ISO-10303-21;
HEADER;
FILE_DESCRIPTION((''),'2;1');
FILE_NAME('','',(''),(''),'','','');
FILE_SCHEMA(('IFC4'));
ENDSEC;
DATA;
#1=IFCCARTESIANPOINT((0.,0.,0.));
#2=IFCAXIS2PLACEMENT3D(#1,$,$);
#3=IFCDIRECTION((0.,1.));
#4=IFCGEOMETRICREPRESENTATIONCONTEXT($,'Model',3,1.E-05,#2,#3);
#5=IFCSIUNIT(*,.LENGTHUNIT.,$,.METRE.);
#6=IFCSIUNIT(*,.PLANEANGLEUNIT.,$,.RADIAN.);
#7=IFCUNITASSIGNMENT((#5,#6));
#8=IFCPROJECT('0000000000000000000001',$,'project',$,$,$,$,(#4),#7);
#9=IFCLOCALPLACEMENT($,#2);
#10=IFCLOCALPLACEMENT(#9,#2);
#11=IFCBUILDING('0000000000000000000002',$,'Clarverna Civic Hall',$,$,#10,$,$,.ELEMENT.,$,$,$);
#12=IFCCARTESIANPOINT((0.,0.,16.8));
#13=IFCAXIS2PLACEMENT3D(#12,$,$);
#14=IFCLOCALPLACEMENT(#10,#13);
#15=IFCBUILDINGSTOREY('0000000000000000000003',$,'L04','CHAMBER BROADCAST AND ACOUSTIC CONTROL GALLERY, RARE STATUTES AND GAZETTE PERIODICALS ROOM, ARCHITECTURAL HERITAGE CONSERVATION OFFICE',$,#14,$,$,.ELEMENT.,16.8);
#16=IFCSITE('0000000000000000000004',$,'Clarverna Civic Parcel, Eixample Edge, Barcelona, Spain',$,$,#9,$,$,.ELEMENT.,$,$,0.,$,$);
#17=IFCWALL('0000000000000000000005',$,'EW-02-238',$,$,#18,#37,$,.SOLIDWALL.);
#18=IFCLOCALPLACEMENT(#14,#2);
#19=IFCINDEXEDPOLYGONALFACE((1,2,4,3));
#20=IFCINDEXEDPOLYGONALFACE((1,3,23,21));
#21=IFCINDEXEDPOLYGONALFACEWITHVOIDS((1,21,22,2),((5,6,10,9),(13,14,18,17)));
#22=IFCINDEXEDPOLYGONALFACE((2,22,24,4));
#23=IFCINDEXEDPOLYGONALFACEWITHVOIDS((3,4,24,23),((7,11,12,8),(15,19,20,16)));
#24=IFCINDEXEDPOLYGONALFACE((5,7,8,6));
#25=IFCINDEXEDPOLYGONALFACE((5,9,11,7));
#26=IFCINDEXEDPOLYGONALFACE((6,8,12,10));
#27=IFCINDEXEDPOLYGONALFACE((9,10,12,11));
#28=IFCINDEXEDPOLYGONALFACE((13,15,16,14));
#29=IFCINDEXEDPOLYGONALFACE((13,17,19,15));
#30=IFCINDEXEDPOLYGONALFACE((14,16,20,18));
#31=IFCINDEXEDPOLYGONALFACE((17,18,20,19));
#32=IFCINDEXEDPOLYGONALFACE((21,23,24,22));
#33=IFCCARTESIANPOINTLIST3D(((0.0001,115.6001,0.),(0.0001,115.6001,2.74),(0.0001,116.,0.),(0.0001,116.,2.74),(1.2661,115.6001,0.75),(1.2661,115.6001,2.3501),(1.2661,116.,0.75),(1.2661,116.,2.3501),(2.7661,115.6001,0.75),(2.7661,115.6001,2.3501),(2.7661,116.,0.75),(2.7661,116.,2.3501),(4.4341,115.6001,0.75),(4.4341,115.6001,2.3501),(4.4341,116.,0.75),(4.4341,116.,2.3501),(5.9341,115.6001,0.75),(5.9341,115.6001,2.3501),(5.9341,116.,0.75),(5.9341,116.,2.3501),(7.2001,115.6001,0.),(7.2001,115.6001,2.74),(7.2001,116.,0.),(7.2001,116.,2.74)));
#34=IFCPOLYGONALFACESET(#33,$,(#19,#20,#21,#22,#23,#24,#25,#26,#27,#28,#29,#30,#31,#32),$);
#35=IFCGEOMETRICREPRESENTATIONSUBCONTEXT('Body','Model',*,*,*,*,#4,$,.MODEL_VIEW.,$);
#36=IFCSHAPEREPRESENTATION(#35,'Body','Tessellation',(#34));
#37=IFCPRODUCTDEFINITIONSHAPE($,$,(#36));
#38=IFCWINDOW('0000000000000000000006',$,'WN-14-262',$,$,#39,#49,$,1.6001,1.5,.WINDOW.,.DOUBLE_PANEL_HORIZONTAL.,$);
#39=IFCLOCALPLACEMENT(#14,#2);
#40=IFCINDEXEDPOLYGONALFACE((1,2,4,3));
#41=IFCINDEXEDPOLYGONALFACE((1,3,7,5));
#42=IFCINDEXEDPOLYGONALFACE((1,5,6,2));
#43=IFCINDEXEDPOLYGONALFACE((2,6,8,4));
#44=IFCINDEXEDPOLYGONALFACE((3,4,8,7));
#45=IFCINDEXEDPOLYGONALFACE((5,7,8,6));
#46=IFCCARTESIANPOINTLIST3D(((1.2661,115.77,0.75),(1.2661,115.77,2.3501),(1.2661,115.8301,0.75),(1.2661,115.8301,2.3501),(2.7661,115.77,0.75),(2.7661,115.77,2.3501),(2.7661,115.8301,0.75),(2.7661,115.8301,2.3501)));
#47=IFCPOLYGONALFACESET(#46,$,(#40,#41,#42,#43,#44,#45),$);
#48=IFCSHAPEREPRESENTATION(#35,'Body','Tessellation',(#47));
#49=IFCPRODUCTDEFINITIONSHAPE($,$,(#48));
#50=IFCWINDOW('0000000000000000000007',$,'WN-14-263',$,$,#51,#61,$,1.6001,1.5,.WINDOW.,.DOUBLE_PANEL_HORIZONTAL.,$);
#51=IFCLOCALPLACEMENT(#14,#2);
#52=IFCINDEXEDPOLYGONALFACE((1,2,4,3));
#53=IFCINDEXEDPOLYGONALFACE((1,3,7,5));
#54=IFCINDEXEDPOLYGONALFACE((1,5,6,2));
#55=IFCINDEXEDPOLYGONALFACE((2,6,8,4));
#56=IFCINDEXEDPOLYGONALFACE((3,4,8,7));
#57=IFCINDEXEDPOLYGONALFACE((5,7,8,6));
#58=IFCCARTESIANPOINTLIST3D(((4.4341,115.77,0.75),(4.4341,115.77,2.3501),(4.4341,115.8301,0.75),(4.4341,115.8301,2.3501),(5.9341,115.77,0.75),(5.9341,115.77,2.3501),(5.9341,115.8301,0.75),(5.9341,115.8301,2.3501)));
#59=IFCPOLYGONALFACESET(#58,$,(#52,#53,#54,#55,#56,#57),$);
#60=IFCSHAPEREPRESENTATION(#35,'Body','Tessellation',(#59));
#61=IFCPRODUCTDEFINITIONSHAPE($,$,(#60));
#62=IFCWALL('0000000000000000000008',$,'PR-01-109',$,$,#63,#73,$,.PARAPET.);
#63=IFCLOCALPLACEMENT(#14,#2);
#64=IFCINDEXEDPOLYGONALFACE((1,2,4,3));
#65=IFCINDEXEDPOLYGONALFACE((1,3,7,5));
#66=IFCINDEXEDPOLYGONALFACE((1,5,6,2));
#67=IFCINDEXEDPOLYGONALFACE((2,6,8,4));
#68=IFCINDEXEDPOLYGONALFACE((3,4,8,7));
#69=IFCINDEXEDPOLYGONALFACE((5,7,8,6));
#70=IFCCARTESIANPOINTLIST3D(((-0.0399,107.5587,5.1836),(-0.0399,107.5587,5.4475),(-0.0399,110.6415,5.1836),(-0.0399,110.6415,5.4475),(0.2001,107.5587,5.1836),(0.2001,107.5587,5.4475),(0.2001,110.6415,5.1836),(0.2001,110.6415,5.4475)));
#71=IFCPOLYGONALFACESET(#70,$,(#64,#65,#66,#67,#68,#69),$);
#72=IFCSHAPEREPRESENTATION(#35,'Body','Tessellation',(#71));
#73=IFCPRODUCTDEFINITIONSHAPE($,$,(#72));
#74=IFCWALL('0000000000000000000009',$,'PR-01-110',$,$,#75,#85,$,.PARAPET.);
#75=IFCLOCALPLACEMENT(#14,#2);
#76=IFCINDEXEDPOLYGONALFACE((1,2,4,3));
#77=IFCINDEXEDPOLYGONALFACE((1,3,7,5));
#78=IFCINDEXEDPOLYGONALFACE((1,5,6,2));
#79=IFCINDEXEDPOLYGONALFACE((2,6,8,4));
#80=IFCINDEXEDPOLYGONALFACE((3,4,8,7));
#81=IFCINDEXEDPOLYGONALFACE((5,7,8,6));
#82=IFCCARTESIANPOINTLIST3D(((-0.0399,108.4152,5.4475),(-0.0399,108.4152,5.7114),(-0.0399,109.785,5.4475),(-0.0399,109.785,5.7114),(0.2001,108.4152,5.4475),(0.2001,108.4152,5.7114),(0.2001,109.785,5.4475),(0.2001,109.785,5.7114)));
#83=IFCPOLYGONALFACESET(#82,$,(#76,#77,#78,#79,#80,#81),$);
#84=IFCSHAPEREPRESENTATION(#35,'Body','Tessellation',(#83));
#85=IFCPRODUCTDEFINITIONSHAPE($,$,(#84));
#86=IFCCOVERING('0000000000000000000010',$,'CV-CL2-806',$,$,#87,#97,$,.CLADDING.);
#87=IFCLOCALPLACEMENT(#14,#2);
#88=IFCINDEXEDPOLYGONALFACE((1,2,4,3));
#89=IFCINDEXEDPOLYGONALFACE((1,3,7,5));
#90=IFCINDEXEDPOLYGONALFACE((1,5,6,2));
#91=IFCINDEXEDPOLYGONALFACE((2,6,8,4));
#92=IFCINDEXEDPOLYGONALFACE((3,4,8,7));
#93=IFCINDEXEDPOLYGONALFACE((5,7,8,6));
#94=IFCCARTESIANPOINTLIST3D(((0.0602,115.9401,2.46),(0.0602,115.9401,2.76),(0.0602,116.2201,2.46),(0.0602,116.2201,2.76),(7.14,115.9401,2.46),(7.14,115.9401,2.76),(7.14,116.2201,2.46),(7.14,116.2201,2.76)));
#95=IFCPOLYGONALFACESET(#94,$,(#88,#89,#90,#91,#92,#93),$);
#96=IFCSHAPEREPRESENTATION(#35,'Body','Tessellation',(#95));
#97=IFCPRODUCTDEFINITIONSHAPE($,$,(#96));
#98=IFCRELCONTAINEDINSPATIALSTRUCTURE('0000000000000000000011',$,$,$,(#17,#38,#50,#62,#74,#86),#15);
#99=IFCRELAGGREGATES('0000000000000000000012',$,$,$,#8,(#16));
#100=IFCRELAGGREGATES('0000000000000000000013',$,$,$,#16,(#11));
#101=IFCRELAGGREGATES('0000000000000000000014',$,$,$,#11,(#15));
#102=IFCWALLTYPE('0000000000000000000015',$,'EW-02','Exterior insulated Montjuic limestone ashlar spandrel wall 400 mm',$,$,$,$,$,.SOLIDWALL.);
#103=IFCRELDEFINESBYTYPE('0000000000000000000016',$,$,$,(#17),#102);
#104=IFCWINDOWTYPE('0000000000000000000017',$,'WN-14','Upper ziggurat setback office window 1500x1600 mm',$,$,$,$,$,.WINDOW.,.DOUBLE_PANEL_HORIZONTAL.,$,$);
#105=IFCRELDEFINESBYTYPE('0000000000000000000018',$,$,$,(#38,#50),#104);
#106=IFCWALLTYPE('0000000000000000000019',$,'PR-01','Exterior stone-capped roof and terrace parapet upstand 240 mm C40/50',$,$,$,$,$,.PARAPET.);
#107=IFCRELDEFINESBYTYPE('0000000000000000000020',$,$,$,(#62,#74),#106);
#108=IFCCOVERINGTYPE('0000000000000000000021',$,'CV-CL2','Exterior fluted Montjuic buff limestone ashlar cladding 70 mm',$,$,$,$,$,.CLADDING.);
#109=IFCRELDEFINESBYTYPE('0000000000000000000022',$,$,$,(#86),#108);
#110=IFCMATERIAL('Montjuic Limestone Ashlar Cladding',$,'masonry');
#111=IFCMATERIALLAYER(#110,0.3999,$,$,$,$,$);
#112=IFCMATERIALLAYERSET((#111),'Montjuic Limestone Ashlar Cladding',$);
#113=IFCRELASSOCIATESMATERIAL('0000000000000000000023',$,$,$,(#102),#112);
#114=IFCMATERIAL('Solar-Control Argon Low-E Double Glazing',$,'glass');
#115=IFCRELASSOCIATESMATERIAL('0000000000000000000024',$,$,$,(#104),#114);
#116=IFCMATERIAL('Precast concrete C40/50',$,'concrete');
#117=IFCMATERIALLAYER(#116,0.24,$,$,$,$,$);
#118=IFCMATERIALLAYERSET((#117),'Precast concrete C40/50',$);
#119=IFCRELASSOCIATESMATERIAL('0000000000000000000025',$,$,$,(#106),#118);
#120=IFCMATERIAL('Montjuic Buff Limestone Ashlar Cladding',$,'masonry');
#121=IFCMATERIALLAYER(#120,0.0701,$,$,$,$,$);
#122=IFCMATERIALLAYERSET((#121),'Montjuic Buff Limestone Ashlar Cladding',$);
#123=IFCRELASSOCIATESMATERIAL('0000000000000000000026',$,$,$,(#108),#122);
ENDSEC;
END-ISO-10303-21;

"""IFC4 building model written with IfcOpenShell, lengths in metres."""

from ifc_helpers import new_model, si_unit, direction, frame, frame_2d, origin, place, context, subcontext, project, spatial, rectangle, extrude, material, layer, layer_set, type_object, element, fill, save


model = new_model("IFC4")

# Units and contexts
model_context = context("Model", 3, precision=1e-05, world=origin(), true_north=direction((0.0, 1.0)))
body_context = subcontext(model_context, "Body", "Model", "MODEL_VIEW")
ifc_project = project(units=[si_unit("LENGTHUNIT", "METRE"), si_unit("PLANEANGLEUNIT", "RADIAN")], contexts=[model_context])

# Site, building, storey
site_placement = place(None, origin())
site = spatial("IfcSite", under=ifc_project, at=site_placement, Name="Clarverna Civic Parcel, Eixample Edge, Barcelona, Spain", CompositionType="ELEMENT", RefElevation=0.0)
building_placement = place(site_placement, origin())
building = spatial("IfcBuilding", under=site, at=building_placement, Name="Clarverna Civic Hall", CompositionType="ELEMENT")
storey_placement = place(building_placement, frame((0.0, 0.0, 16.8)))
storey = spatial("IfcBuildingStorey", under=building, at=storey_placement, Name="L04", Description="CHAMBER BROADCAST AND ACOUSTIC CONTROL GALLERY, RARE STATUTES AND GAZETTE PERIODICALS ROOM, ARCHITECTURAL HERITAGE CONSERVATION OFFICE", CompositionType="ELEMENT", Elevation=16.8)

# Shared definitions
ifc_material_1 = material(Name="Solar-Control Argon Low-E Double Glazing", Category="glass")

# Wall, openings, windows
ifc_material_2 = material(Name="Montjuic Limestone Ashlar Cladding", Category="masonry")
ifc_layer_1 = layer(ifc_material_2, 0.3999)
ifc_layer_set_1 = layer_set([ifc_layer_1], Name="Montjuic Limestone Ashlar Cladding")
wall_type_1 = type_object("IfcWallType", Name="EW-02", Description="Exterior insulated Montjuic limestone ashlar spandrel wall 400 mm", PredefinedType="SOLIDWALL", material=ifc_layer_set_1)
wall_1_placement = place(storey_placement, frame((0.0, 115.8, 0.0), z_axis=(0.0, 0.0, 1.0), x_axis=(1.0, 0.0, 0.0)))
wall_1 = element("IfcWall", 1, at=wall_1_placement, inside=storey, type_object=wall_type_1, Name="EW-02-238", PredefinedType="SOLIDWALL", context=body_context, shape_type="SweptSolid", body=[
    extrude(rectangle(XDim=7.2, YDim=0.3999, at=frame_2d((3.6001, 0.0))), origin(), (0.0, 0.0, 1.0), 2.74),
])
opening_1_placement = place(wall_1_placement, frame((1.2661, 0.0, 0.75)))
opening_1 = element("IfcOpeningElement", 2, at=opening_1_placement, cuts=wall_1, PredefinedType="OPENING", context=body_context, shape_type="SweptSolid", body=[
    extrude(rectangle(XDim=1.5, YDim=1.6001, at=frame_2d((0.75, 0.8))), frame((0.0, 0.21, 0.0), z_axis=(0.0, -1.0, 0.0), x_axis=(1.0, 0.0, 0.0)), (0.0, 0.0, 1.0), 0.4199),
])
opening_2_placement = place(wall_1_placement, frame((4.4341, 0.0, 0.75)))
opening_2 = element("IfcOpeningElement", 3, at=opening_2_placement, cuts=wall_1, PredefinedType="OPENING", context=body_context, shape_type="SweptSolid", body=[
    extrude(rectangle(XDim=1.5, YDim=1.6001, at=frame_2d((0.75, 0.8))), frame((0.0, 0.21, 0.0), z_axis=(0.0, -1.0, 0.0), x_axis=(1.0, 0.0, 0.0)), (0.0, 0.0, 1.0), 0.4199),
])
window_type = type_object("IfcWindowType", Name="WN-14", Description="Upper ziggurat setback office window 1500x1600 mm", PartitioningType="DOUBLE_PANEL_HORIZONTAL", PredefinedType="WINDOW", material=ifc_material_1)
window_1_placement = place(opening_1_placement, origin())
window_1 = element("IfcWindow", 4, at=window_1_placement, inside=storey, type_object=window_type, Name="WN-14-262", OverallHeight=1.6001, OverallWidth=1.5, PartitioningType="DOUBLE_PANEL_HORIZONTAL", PredefinedType="WINDOW", context=body_context, shape_type="SweptSolid", body=[
    extrude(rectangle(XDim=1.5, YDim=1.6001, at=frame_2d((0.75, 0.8))), frame((0.0, 0.03, 0.0), z_axis=(0.0, -1.0, 0.0), x_axis=(1.0, 0.0, 0.0)), (0.0, 0.0, 1.0), 0.0601),
])
fill(opening_1, window_1)
window_2_placement = place(opening_2_placement, origin())
window_2 = element("IfcWindow", 5, at=window_2_placement, inside=storey, type_object=window_type, Name="WN-14-263", OverallHeight=1.6001, OverallWidth=1.5, PartitioningType="DOUBLE_PANEL_HORIZONTAL", PredefinedType="WINDOW", context=body_context, shape_type="SweptSolid", body=[
    extrude(rectangle(XDim=1.5, YDim=1.6001, at=frame_2d((0.75, 0.8))), frame((0.0, 0.03, 0.0), z_axis=(0.0, -1.0, 0.0), x_axis=(1.0, 0.0, 0.0)), (0.0, 0.0, 1.0), 0.0601),
])
fill(opening_2, window_2)

# Walls
ifc_material_3 = material(Name="Precast concrete C40/50", Category="concrete")
ifc_layer_2 = layer(ifc_material_3, 0.24)
ifc_layer_set_2 = layer_set([ifc_layer_2], Name="Precast concrete C40/50")
wall_type_2 = type_object("IfcWallType", Name="PR-01", Description="Exterior stone-capped roof and terrace parapet upstand 240 mm C40/50", PredefinedType="PARAPET", material=ifc_layer_set_2)
wall_2_placement = place(storey_placement, frame((0.0801, 107.5586, 5.1836), z_axis=(0.0, 0.0, 1.0), x_axis=(0.0, 1.0, 0.0)))
element("IfcWall", 6, at=wall_2_placement, inside=storey, type_object=wall_type_2, Name="PR-01-109", PredefinedType="PARAPET", context=body_context, shape_type="SweptSolid", body=[
    extrude(rectangle(XDim=3.0828, YDim=0.24, at=frame_2d((1.5415, 0.0))), origin(), (0.0, 0.0, 1.0), 0.2639),
])
wall_3_placement = place(storey_placement, frame((0.0801, 108.415, 5.4475), z_axis=(0.0, 0.0, 1.0), x_axis=(0.0, 1.0, 0.0)))
element("IfcWall", 7, at=wall_3_placement, inside=storey, type_object=wall_type_2, Name="PR-01-110", PredefinedType="PARAPET", context=body_context, shape_type="SweptSolid", body=[
    extrude(rectangle(XDim=1.3699, YDim=0.24, at=frame_2d((0.6851, 0.0))), origin(), (0.0, 0.0, 1.0), 0.2639),
])

# Covering
ifc_material_4 = material(Name="Montjuic Buff Limestone Ashlar Cladding", Category="masonry")
ifc_layer_3 = layer(ifc_material_4, 0.0701)
ifc_layer_set_3 = layer_set([ifc_layer_3], Name="Montjuic Buff Limestone Ashlar Cladding")
covering_type = type_object("IfcCoveringType", Name="CV-CL2", Description="Exterior fluted Montjuic buff limestone ashlar cladding 70 mm", PredefinedType="CLADDING", material=ifc_layer_set_3)
covering_placement = place(storey_placement, frame((0.0601, 116.0801, 2.46), z_axis=(0.0, 0.0, 1.0), x_axis=(1.0, 0.0, 0.0)))
element("IfcCovering", 8, at=covering_placement, inside=storey, type_object=covering_type, Name="CV-CL2-806", PredefinedType="CLADDING", context=body_context, shape_type="SweptSolid", body=[
    extrude(rectangle(XDim=7.0798, YDim=0.28, at=frame_2d((3.54, 0.0))), origin(), (0.0, 0.0, 1.0), 0.3),
])

save(model, "model.ifc")
